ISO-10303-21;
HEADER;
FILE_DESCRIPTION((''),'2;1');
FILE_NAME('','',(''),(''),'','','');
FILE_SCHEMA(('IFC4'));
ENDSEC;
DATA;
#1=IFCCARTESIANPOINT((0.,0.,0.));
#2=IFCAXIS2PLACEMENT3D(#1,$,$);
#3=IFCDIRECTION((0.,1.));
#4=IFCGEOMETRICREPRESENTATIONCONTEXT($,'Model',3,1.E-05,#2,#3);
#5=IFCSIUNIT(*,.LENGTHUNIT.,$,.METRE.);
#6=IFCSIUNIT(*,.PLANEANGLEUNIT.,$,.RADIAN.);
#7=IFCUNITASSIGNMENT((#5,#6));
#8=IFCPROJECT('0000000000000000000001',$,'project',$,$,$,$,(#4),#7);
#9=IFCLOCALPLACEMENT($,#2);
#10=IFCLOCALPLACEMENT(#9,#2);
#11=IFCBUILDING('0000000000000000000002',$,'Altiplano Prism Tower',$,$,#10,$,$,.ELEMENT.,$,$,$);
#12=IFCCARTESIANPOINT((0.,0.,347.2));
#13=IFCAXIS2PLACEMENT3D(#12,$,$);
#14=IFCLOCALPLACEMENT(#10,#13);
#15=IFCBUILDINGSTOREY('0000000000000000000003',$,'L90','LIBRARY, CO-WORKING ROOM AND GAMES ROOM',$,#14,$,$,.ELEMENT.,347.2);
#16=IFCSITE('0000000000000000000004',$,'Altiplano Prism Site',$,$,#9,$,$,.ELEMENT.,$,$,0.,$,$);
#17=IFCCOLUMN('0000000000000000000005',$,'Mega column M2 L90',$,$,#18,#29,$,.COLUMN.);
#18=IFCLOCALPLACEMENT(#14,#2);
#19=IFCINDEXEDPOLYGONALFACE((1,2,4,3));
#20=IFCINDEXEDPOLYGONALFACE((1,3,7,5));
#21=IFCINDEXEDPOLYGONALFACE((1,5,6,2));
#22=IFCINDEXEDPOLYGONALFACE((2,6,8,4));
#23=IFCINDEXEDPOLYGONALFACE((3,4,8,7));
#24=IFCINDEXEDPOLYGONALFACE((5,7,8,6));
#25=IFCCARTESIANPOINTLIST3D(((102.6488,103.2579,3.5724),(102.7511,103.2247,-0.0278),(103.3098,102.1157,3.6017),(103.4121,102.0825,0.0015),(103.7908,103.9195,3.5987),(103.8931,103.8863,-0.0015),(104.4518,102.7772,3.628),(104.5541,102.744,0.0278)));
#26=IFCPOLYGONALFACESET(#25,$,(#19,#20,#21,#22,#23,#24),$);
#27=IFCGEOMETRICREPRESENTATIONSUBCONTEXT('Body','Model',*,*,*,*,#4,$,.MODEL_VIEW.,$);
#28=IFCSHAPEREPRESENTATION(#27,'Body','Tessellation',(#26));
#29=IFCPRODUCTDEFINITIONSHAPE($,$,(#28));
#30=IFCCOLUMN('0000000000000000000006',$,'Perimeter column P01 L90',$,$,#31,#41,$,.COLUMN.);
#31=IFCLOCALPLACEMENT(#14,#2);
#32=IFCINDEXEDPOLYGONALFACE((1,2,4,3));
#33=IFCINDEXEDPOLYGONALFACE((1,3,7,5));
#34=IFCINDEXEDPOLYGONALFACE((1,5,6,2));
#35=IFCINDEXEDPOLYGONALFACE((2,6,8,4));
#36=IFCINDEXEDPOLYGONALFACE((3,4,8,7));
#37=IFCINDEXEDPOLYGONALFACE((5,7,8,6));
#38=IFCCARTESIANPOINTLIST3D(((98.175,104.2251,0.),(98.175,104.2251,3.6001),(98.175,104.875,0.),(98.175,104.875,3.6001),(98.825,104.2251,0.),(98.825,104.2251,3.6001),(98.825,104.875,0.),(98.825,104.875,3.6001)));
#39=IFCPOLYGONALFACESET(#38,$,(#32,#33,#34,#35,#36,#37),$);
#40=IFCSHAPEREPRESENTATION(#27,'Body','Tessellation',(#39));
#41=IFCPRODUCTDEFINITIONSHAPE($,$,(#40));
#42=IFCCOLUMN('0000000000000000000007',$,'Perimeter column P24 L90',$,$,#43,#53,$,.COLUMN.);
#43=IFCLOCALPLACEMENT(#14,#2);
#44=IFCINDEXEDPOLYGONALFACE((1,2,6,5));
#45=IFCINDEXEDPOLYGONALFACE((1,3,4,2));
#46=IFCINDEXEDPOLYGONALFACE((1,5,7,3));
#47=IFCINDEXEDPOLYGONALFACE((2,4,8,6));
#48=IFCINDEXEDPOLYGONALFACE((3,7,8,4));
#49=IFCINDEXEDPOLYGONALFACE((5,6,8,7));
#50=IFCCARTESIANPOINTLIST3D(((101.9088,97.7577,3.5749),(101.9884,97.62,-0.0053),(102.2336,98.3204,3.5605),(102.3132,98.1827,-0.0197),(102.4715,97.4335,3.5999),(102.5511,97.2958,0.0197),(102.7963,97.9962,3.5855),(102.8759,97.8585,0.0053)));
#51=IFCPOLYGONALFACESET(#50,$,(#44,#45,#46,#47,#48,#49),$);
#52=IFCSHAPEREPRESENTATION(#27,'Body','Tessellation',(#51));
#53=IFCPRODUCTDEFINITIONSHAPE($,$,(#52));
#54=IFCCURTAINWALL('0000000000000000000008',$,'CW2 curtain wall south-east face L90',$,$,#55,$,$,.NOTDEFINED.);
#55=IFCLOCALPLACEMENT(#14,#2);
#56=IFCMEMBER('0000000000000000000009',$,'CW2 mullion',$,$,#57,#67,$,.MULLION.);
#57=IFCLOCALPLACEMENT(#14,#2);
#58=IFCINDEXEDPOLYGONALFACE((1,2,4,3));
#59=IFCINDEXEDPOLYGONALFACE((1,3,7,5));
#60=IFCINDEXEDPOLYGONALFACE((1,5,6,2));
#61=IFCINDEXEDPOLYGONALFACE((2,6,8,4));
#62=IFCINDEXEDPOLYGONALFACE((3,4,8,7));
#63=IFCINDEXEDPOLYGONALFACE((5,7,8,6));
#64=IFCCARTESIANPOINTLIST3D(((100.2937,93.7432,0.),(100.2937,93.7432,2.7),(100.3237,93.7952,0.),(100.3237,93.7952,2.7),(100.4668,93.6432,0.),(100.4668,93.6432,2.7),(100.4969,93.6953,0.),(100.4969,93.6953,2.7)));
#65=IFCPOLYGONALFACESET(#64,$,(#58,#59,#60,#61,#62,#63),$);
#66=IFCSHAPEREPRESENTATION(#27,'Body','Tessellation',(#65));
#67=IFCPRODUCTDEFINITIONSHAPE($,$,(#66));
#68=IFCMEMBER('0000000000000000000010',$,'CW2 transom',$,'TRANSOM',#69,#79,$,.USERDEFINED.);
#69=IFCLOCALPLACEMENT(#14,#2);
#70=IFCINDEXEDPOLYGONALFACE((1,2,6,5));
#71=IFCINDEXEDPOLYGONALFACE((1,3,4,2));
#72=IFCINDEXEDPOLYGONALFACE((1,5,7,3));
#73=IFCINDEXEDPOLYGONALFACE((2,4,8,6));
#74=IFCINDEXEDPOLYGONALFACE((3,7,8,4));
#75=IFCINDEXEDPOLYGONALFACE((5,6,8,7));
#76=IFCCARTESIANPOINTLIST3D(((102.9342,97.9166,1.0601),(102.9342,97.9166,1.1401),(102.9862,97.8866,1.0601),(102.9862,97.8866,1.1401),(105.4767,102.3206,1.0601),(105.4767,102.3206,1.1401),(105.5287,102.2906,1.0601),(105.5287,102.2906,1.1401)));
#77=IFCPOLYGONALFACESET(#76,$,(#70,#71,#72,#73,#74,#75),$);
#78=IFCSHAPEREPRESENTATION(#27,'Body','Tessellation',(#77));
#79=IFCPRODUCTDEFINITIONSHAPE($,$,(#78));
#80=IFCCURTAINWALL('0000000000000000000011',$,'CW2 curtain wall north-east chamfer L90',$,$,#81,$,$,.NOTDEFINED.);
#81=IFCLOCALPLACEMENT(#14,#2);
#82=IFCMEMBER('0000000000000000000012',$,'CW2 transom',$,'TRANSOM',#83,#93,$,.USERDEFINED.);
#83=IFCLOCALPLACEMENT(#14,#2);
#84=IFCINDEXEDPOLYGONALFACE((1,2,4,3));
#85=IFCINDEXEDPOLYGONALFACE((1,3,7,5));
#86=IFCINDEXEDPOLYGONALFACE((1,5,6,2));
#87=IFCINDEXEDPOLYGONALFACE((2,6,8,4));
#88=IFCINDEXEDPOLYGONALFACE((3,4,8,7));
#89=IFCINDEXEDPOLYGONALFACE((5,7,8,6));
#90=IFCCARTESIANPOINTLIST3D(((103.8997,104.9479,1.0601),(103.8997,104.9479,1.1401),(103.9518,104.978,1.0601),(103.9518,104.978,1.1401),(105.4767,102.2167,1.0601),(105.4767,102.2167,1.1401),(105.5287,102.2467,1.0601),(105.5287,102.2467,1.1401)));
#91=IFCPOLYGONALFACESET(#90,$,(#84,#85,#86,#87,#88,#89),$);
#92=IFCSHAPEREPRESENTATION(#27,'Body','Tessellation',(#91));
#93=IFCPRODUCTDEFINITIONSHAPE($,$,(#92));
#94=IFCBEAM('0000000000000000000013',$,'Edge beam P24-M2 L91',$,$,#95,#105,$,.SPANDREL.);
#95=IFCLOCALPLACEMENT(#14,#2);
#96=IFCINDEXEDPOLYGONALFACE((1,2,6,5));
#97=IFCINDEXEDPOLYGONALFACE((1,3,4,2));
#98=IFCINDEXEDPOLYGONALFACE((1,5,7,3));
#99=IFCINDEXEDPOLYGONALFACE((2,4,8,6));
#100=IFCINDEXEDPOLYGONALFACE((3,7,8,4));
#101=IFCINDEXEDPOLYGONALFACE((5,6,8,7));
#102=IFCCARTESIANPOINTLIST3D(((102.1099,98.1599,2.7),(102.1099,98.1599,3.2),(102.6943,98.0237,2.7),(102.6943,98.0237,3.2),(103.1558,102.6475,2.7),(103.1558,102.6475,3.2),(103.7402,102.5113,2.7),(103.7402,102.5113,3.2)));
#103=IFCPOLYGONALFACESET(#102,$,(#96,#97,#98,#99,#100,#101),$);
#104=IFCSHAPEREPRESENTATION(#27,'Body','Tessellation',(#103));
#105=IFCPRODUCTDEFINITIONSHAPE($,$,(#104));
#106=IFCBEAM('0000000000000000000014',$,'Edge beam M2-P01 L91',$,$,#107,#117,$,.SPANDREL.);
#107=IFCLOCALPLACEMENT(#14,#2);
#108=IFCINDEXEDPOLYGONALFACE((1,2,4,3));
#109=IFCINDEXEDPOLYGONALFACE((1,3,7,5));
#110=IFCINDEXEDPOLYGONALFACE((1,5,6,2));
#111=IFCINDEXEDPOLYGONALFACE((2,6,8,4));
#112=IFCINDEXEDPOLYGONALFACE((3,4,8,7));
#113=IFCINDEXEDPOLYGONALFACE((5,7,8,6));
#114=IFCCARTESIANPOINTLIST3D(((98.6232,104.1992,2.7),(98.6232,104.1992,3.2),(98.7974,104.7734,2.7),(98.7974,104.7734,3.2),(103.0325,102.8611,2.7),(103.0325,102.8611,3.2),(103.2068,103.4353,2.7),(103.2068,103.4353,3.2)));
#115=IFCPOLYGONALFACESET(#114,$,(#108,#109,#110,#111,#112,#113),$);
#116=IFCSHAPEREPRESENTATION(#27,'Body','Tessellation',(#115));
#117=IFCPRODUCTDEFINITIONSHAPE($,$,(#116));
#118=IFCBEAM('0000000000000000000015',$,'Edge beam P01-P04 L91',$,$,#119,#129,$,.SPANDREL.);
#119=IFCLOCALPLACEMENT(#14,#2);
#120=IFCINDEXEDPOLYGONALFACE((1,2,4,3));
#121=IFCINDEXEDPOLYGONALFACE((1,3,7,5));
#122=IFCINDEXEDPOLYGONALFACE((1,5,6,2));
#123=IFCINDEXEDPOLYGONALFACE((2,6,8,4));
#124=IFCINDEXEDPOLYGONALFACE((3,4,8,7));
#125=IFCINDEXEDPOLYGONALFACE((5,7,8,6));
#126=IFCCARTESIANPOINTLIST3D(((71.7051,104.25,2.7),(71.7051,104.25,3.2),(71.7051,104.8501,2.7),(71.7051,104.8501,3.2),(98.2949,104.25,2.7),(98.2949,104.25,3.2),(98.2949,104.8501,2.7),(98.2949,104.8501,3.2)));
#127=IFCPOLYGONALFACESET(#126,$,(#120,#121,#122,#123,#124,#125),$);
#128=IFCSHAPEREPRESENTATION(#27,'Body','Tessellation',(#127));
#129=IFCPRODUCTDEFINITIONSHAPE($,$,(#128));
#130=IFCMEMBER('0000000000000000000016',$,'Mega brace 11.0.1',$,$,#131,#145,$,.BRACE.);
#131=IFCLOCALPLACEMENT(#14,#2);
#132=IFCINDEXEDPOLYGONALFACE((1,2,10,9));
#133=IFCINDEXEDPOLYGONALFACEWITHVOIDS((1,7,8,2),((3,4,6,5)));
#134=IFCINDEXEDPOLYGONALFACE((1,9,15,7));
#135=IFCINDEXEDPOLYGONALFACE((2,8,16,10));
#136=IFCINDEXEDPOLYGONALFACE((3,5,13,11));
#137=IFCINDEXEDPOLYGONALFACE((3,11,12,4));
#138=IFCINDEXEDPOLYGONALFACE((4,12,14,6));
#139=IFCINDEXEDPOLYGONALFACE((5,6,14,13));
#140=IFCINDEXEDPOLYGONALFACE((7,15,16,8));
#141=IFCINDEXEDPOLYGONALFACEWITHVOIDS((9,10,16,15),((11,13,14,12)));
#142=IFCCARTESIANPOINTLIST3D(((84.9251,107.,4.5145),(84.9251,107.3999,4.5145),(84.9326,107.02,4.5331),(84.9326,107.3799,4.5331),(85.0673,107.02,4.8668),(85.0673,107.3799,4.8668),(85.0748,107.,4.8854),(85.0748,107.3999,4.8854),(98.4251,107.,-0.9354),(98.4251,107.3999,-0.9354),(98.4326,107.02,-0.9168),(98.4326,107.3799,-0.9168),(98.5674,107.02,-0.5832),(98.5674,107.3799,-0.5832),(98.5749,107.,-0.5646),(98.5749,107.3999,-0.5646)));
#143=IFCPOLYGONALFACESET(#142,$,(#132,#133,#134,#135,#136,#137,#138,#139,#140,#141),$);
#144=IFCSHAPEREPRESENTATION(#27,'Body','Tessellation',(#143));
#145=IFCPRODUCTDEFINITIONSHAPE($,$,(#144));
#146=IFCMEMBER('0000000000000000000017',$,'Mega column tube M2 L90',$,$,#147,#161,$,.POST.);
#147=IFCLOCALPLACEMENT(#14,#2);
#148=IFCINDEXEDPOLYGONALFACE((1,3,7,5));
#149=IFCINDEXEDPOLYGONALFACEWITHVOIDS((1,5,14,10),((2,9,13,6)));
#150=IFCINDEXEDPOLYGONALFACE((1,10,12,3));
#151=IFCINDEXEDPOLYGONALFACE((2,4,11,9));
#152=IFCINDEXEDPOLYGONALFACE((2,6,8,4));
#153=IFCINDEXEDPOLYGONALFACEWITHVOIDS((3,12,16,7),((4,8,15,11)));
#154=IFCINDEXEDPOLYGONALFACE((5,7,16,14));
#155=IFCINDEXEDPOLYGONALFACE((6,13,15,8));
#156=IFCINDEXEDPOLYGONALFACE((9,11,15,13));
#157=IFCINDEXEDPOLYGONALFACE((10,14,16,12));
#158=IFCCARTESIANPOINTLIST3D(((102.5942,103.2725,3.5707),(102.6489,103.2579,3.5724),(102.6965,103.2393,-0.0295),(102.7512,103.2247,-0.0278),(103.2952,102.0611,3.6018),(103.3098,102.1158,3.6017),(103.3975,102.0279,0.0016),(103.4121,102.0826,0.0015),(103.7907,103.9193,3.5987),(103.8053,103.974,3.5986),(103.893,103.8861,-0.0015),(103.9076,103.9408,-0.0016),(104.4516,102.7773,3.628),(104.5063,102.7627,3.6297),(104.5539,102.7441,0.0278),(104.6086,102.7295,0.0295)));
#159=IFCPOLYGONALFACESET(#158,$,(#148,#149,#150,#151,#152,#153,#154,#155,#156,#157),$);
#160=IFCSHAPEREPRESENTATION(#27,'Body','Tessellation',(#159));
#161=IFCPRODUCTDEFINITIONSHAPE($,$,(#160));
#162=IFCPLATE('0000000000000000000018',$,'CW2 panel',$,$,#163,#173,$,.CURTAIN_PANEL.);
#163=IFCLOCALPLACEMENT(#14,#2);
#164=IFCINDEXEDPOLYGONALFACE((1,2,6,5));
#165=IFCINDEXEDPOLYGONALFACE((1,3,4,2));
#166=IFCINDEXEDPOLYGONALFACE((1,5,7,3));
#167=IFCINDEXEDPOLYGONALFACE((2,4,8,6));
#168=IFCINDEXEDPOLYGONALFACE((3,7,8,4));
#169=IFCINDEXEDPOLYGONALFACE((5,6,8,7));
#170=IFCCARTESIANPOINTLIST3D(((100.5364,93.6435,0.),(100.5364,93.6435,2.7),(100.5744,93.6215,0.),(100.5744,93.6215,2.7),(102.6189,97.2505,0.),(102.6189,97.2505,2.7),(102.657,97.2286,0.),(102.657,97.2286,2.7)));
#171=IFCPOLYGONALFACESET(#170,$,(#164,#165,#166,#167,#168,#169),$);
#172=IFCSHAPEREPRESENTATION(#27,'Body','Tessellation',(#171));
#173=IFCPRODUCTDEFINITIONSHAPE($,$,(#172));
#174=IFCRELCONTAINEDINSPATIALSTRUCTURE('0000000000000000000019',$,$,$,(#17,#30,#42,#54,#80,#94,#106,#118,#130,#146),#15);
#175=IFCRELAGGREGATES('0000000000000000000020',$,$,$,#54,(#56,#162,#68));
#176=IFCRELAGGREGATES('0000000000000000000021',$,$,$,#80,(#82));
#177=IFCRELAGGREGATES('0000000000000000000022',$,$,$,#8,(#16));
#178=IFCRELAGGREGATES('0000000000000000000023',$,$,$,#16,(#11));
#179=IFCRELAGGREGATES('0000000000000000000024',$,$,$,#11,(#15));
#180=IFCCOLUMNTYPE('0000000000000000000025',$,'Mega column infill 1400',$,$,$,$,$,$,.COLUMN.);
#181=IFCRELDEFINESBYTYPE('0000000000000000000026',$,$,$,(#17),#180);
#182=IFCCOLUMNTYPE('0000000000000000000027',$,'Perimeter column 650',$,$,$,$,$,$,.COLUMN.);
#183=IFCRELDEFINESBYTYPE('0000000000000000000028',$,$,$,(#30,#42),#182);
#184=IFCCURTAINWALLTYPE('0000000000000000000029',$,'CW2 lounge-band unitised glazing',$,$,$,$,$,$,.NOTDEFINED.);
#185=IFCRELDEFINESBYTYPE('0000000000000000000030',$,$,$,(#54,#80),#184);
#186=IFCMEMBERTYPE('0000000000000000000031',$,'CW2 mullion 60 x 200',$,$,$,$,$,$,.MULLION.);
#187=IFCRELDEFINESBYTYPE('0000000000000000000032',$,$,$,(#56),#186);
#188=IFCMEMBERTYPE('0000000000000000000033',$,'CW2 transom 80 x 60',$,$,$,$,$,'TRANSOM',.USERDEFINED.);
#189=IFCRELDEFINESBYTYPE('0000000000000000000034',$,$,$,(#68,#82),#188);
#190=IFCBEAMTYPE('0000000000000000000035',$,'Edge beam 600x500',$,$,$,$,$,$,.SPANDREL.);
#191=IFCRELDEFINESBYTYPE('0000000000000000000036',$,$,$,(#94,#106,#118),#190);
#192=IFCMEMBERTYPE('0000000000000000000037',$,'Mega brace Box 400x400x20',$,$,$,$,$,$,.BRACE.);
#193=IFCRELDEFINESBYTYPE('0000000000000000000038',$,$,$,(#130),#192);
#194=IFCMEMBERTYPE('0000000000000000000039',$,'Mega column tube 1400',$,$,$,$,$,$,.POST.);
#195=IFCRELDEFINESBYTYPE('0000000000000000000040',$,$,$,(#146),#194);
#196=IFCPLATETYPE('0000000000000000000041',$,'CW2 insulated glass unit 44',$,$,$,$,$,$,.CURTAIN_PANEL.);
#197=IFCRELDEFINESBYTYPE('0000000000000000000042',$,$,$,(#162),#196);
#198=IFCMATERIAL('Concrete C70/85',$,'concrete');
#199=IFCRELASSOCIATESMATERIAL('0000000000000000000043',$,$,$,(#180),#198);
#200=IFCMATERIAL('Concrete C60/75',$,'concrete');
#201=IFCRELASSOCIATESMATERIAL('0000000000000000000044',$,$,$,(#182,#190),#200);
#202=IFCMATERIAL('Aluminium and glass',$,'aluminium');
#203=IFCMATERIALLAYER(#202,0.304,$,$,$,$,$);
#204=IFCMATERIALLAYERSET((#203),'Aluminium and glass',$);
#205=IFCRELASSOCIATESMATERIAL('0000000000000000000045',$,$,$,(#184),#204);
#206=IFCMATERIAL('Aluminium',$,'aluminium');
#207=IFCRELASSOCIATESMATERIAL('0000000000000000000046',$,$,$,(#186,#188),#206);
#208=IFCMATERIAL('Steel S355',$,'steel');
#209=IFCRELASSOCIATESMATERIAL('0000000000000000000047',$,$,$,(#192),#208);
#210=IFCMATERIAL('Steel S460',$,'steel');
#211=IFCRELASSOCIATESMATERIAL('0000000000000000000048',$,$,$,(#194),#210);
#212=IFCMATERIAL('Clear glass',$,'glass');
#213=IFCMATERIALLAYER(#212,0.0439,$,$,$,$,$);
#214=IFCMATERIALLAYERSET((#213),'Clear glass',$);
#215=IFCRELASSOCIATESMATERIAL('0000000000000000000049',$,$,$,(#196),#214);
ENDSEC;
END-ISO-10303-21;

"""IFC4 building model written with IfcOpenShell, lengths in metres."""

from ifc_helpers import new_model, si_unit, direction, frame, origin, origin_2d, place, context, subcontext, project, spatial, rectangle, hollow_rectangle, extrude, material, layer, layer_set, material_profile, profile_set, type_object, element, aggregate, save


model = new_model("IFC4")

# Units and contexts
model_context = context("Model", 3, precision=1e-05, world=origin(), true_north=direction((0.0, 1.0)))
body_context = subcontext(model_context, "Body", "Model", "MODEL_VIEW")
ifc_project = project(units=[si_unit("LENGTHUNIT", "METRE"), si_unit("PLANEANGLEUNIT", "RADIAN")], contexts=[model_context])

# Site, building, storey
site_placement = place(None, origin())
site = spatial("IfcSite", under=ifc_project, at=site_placement, Name="Altiplano Prism Site", CompositionType="ELEMENT", RefElevation=0.0)
building_placement = place(site_placement, origin())
building = spatial("IfcBuilding", under=site, at=building_placement, Name="Altiplano Prism Tower", CompositionType="ELEMENT")
storey_placement = place(building_placement, frame((0.0, 0.0, 347.2)))
storey = spatial("IfcBuildingStorey", under=building, at=storey_placement, Name="L90", Description="LIBRARY, CO-WORKING ROOM AND GAMES ROOM", CompositionType="ELEMENT", Elevation=347.2)

# Columns
ifc_material_1 = material(Name="Concrete C70/85", Category="concrete")
ifc_material_profile_1 = material_profile(ifc_material_1, rectangle(XDim=1.3201, YDim=1.3201, at=origin_2d()), Name="Mega column infill 1400")
ifc_profile_set_1 = profile_set([ifc_material_profile_1], Name="Concrete C70/85")
column_type_1 = type_object("IfcColumnType", Name="Mega column infill 1400", PredefinedType="COLUMN", material=ifc_profile_set_1)
column_1_placement = place(storey_placement, frame((103.6526, 102.9844, 0.0), z_axis=(-0.028402, 0.009219, 0.999554), x_axis=(0.50075, -0.865307, 0.022209)))
element("IfcColumn", 1, at=column_1_placement, inside=storey, type_object=column_type_1, Name="Mega column M2 L90", PredefinedType="COLUMN", context=body_context, shape_type="SweptSolid", body=[
    extrude(rectangle(XDim=1.3201, YDim=1.3201, at=origin_2d()), origin(), (0.0, 0.0, 1.0), 3.6018),
])
ifc_material_2 = material(Name="Concrete C60/75", Category="concrete")
ifc_material_profile_2 = material_profile(ifc_material_2, rectangle(XDim=0.6499, YDim=0.6499, at=origin_2d()), Name="Perimeter column 650")
ifc_profile_set_2 = profile_set([ifc_material_profile_2], Name="Concrete C60/75")
column_type_2 = type_object("IfcColumnType", Name="Perimeter column 650", PredefinedType="COLUMN", material=ifc_profile_set_2)
column_2_placement = place(storey_placement, frame((98.5, 104.55, 0.0), z_axis=(0.0, 0.0, 1.0), x_axis=(1.0, 0.0, 0.0)))
element("IfcColumn", 2, at=column_2_placement, inside=storey, type_object=column_type_2, Name="Perimeter column P01 L90", PredefinedType="COLUMN", context=body_context, shape_type="SweptSolid", body=[
    extrude(rectangle(XDim=0.6499, YDim=0.6499, at=origin_2d()), origin(), (0.0, 0.0, 1.0), 3.6001),
])
column_3_placement = place(storey_placement, frame((102.4321, 97.7393, 0.0), z_axis=(-0.022208, 0.038421, 0.999015), x_axis=(-0.499822, -0.865844, 0.022188)))
element("IfcColumn", 3, at=column_3_placement, inside=storey, type_object=column_type_2, Name="Perimeter column P24 L90", PredefinedType="COLUMN", context=body_context, shape_type="SweptSolid", body=[
    extrude(rectangle(XDim=0.6499, YDim=0.6499, at=origin_2d()), origin(), (0.0, 0.0, 1.0), 3.5837),
])

# Curtain wall, members
ifc_material_3 = material(Name="Aluminium and glass", Category="aluminium")
ifc_layer_1 = layer(ifc_material_3, 0.304)
ifc_layer_set_1 = layer_set([ifc_layer_1], Name="Aluminium and glass")
curtain_wall_type = type_object("IfcCurtainWallType", Name="CW2 lounge-band unitised glazing", PredefinedType="NOTDEFINED", material=ifc_layer_set_1)
curtain_wall_1_placement = place(storey_placement, origin())
curtain_wall_1 = element("IfcCurtainWall", 4, at=curtain_wall_1_placement, inside=storey, type_object=curtain_wall_type, Name="CW2 curtain wall south-east face L90", PredefinedType="NOTDEFINED")
ifc_material_4 = material(Name="Aluminium", Category="aluminium")
ifc_material_profile_3 = material_profile(ifc_material_4, rectangle(XDim=0.2, YDim=0.0601, at=origin_2d()), Name="CW2 mullion 60 x 200")
ifc_profile_set_3 = profile_set([ifc_material_profile_3], Name="Aluminium")
member_type_1 = type_object("IfcMemberType", Name="CW2 mullion 60 x 200", PredefinedType="MULLION", material=ifc_profile_set_3)
member_1_placement = place(storey_placement, frame((100.3953, 93.7192, 0.0), z_axis=(0.0, 0.0, 1.0), x_axis=(-0.866025, 0.5, 0.0)))
member_1 = element("IfcMember", 5, at=member_1_placement, type_object=member_type_1, Name="CW2 mullion", PredefinedType="MULLION", context=body_context, shape_type="SweptSolid", body=[
    extrude(rectangle(XDim=0.2, YDim=0.0601, at=origin_2d()), origin(), (0.0, 0.0, 1.0), 2.7),
])
ifc_material_profile_4 = material_profile(ifc_material_4, rectangle(XDim=0.0601, YDim=0.0801, at=origin_2d()), Name="CW2 transom 80 x 60")
ifc_profile_set_4 = profile_set([ifc_material_profile_4], Name="Aluminium")
member_type_2 = type_object("IfcMemberType", Name="CW2 transom 80 x 60", ElementType="TRANSOM", PredefinedType="USERDEFINED", material=ifc_profile_set_4)
member_2_placement = place(storey_placement, frame((102.9602, 97.9016, 1.1001), z_axis=(0.49997, 0.866042, 0.0), x_axis=(-0.866042, 0.49997, 0.0)))
member_2 = element("IfcMember", 6, at=member_2_placement, type_object=member_type_2, Name="CW2 transom", ObjectType="TRANSOM", PredefinedType="USERDEFINED", context=body_context, shape_type="SweptSolid", body=[
    extrude(rectangle(XDim=0.0601, YDim=0.0801, at=origin_2d()), origin(), (0.0, 0.0, 1.0), 5.0852),
])

# Curtain wall, member
curtain_wall_2_placement = place(storey_placement, origin())
curtain_wall_2 = element("IfcCurtainWall", 7, at=curtain_wall_2_placement, inside=storey, type_object=curtain_wall_type, Name="CW2 curtain wall north-east chamfer L90", PredefinedType="NOTDEFINED")
member_3_placement = place(storey_placement, frame((105.5027, 102.2317, 1.1001), z_axis=(-0.500011, 0.866019, 0.0), x_axis=(-0.866019, -0.500011, 0.0)))
member_3 = element("IfcMember", 8, at=member_3_placement, type_object=member_type_2, Name="CW2 transom", ObjectType="TRANSOM", PredefinedType="USERDEFINED", context=body_context, shape_type="SweptSolid", body=[
    extrude(rectangle(XDim=0.0601, YDim=0.0801, at=origin_2d()), origin(), (0.0, 0.0, 1.0), 3.1538),
])

# Beams
ifc_material_profile_5 = material_profile(ifc_material_2, rectangle(XDim=0.6001, YDim=0.5, at=origin_2d()), Name="Edge beam 600x500")
ifc_profile_set_5 = profile_set([ifc_material_profile_5], Name="Concrete C60/75")
beam_type = type_object("IfcBeamType", Name="Edge beam 600x500", PredefinedType="SPANDREL", material=ifc_profile_set_5)
for number, where, z_axis, x_axis, name in (
    (9, (102.4021, 98.0918, 2.95), (0.226983, 0.973899, 0.0), (-0.973899, 0.226983, 0.0), "Edge beam P24-M2 L91"),
    (10, (103.1196, 103.1482, 2.95), (-0.956907, 0.290394, 0.0), (-0.290394, -0.956907, 0.0), "Edge beam M2-P01 L91"),
):
    element("IfcBeam", number, at=place(storey_placement, frame(where, z_axis=z_axis, x_axis=x_axis)), inside=storey, type_object=beam_type, Name=name, PredefinedType="SPANDREL", context=body_context, shape_type="SweptSolid", body=[
        extrude(rectangle(XDim=0.6001, YDim=0.5, at=origin_2d()), origin(), (0.0, 0.0, 1.0), 4.6079),
    ])
beam_placement = place(storey_placement, frame((98.2949, 104.55, 2.95), z_axis=(-1.0, 0.0, 0.0), x_axis=(0.0, -1.0, 0.0)))
element("IfcBeam", 11, at=beam_placement, inside=storey, type_object=beam_type, Name="Edge beam P01-P04 L91", PredefinedType="SPANDREL", context=body_context, shape_type="SweptSolid", body=[
    extrude(rectangle(XDim=0.6001, YDim=0.5, at=origin_2d()), origin(), (0.0, 0.0, 1.0), 26.5898),
])

# Members
ifc_material_5 = material(Name="Steel S355", Category="steel")
ifc_material_profile_6 = material_profile(ifc_material_5, hollow_rectangle(XDim=0.3999, YDim=0.3999, WallThickness=0.02, at=origin_2d()), Name="Mega brace Box 400x400x20")
ifc_profile_set_6 = profile_set([ifc_material_profile_6], Name="Steel S355")
member_type_3 = type_object("IfcMemberType", Name="Mega brace Box 400x400x20", PredefinedType="BRACE", material=ifc_profile_set_6)
member_4_placement = place(storey_placement, frame((98.5, 107.2, -0.75), z_axis=(-0.927289, 0.0, 0.374347), x_axis=(0.0, -1.0, 0.0)))
element("IfcMember", 12, at=member_4_placement, inside=storey, type_object=member_type_3, Name="Mega brace 11.0.1", PredefinedType="BRACE", context=body_context, shape_type="SweptSolid", body=[
    extrude(hollow_rectangle(XDim=0.3999, YDim=0.3999, WallThickness=0.02, at=origin_2d()), origin(), (0.0, 0.0, 1.0), 14.5586),
])
ifc_material_6 = material(Name="Steel S460", Category="steel")
ifc_material_profile_7 = material_profile(ifc_material_6, hollow_rectangle(XDim=1.3999, YDim=1.3999, WallThickness=0.04, at=origin_2d()), Name="Mega column tube 1400")
ifc_profile_set_7 = profile_set([ifc_material_profile_7], Name="Steel S460")
member_type_4 = type_object("IfcMemberType", Name="Mega column tube 1400", PredefinedType="POST", material=ifc_profile_set_7)
member_5_placement = place(storey_placement, frame((103.6526, 102.9844, 0.0), z_axis=(-0.028402, 0.009219, 0.999554), x_axis=(0.50075, -0.865307, 0.022209)))
element("IfcMember", 13, at=member_5_placement, inside=storey, type_object=member_type_4, Name="Mega column tube M2 L90", PredefinedType="POST", context=body_context, shape_type="SweptSolid", body=[
    extrude(hollow_rectangle(XDim=1.3999, YDim=1.3999, WallThickness=0.04, at=origin_2d()), origin(), (0.0, 0.0, 1.0), 3.6018),
])

# Plate
ifc_material_7 = material(Name="Clear glass", Category="glass")
ifc_layer_2 = layer(ifc_material_7, 0.0439)
ifc_layer_set_2 = layer_set([ifc_layer_2], Name="Clear glass")
plate_type = type_object("IfcPlateType", Name="CW2 insulated glass unit 44", PredefinedType="CURTAIN_PANEL", material=ifc_layer_set_2)
plate_1_placement = place(storey_placement, frame((101.5967, 95.436, 0.0), z_axis=(0.0, 0.0, 1.0), x_axis=(0.5, 0.866025, 0.0)))
plate_1 = element("IfcPlate", 14, at=plate_1_placement, type_object=plate_type, Name="CW2 panel", PredefinedType="CURTAIN_PANEL", context=body_context, shape_type="SweptSolid", body=[
    extrude(rectangle(XDim=4.165, YDim=0.0439, at=origin_2d()), origin(), (0.0, 0.0, 1.0), 2.7),
])
aggregate(curtain_wall_1, [member_1, plate_1, member_2])
aggregate(curtain_wall_2, [member_3])

save(model, "model.ifc")
